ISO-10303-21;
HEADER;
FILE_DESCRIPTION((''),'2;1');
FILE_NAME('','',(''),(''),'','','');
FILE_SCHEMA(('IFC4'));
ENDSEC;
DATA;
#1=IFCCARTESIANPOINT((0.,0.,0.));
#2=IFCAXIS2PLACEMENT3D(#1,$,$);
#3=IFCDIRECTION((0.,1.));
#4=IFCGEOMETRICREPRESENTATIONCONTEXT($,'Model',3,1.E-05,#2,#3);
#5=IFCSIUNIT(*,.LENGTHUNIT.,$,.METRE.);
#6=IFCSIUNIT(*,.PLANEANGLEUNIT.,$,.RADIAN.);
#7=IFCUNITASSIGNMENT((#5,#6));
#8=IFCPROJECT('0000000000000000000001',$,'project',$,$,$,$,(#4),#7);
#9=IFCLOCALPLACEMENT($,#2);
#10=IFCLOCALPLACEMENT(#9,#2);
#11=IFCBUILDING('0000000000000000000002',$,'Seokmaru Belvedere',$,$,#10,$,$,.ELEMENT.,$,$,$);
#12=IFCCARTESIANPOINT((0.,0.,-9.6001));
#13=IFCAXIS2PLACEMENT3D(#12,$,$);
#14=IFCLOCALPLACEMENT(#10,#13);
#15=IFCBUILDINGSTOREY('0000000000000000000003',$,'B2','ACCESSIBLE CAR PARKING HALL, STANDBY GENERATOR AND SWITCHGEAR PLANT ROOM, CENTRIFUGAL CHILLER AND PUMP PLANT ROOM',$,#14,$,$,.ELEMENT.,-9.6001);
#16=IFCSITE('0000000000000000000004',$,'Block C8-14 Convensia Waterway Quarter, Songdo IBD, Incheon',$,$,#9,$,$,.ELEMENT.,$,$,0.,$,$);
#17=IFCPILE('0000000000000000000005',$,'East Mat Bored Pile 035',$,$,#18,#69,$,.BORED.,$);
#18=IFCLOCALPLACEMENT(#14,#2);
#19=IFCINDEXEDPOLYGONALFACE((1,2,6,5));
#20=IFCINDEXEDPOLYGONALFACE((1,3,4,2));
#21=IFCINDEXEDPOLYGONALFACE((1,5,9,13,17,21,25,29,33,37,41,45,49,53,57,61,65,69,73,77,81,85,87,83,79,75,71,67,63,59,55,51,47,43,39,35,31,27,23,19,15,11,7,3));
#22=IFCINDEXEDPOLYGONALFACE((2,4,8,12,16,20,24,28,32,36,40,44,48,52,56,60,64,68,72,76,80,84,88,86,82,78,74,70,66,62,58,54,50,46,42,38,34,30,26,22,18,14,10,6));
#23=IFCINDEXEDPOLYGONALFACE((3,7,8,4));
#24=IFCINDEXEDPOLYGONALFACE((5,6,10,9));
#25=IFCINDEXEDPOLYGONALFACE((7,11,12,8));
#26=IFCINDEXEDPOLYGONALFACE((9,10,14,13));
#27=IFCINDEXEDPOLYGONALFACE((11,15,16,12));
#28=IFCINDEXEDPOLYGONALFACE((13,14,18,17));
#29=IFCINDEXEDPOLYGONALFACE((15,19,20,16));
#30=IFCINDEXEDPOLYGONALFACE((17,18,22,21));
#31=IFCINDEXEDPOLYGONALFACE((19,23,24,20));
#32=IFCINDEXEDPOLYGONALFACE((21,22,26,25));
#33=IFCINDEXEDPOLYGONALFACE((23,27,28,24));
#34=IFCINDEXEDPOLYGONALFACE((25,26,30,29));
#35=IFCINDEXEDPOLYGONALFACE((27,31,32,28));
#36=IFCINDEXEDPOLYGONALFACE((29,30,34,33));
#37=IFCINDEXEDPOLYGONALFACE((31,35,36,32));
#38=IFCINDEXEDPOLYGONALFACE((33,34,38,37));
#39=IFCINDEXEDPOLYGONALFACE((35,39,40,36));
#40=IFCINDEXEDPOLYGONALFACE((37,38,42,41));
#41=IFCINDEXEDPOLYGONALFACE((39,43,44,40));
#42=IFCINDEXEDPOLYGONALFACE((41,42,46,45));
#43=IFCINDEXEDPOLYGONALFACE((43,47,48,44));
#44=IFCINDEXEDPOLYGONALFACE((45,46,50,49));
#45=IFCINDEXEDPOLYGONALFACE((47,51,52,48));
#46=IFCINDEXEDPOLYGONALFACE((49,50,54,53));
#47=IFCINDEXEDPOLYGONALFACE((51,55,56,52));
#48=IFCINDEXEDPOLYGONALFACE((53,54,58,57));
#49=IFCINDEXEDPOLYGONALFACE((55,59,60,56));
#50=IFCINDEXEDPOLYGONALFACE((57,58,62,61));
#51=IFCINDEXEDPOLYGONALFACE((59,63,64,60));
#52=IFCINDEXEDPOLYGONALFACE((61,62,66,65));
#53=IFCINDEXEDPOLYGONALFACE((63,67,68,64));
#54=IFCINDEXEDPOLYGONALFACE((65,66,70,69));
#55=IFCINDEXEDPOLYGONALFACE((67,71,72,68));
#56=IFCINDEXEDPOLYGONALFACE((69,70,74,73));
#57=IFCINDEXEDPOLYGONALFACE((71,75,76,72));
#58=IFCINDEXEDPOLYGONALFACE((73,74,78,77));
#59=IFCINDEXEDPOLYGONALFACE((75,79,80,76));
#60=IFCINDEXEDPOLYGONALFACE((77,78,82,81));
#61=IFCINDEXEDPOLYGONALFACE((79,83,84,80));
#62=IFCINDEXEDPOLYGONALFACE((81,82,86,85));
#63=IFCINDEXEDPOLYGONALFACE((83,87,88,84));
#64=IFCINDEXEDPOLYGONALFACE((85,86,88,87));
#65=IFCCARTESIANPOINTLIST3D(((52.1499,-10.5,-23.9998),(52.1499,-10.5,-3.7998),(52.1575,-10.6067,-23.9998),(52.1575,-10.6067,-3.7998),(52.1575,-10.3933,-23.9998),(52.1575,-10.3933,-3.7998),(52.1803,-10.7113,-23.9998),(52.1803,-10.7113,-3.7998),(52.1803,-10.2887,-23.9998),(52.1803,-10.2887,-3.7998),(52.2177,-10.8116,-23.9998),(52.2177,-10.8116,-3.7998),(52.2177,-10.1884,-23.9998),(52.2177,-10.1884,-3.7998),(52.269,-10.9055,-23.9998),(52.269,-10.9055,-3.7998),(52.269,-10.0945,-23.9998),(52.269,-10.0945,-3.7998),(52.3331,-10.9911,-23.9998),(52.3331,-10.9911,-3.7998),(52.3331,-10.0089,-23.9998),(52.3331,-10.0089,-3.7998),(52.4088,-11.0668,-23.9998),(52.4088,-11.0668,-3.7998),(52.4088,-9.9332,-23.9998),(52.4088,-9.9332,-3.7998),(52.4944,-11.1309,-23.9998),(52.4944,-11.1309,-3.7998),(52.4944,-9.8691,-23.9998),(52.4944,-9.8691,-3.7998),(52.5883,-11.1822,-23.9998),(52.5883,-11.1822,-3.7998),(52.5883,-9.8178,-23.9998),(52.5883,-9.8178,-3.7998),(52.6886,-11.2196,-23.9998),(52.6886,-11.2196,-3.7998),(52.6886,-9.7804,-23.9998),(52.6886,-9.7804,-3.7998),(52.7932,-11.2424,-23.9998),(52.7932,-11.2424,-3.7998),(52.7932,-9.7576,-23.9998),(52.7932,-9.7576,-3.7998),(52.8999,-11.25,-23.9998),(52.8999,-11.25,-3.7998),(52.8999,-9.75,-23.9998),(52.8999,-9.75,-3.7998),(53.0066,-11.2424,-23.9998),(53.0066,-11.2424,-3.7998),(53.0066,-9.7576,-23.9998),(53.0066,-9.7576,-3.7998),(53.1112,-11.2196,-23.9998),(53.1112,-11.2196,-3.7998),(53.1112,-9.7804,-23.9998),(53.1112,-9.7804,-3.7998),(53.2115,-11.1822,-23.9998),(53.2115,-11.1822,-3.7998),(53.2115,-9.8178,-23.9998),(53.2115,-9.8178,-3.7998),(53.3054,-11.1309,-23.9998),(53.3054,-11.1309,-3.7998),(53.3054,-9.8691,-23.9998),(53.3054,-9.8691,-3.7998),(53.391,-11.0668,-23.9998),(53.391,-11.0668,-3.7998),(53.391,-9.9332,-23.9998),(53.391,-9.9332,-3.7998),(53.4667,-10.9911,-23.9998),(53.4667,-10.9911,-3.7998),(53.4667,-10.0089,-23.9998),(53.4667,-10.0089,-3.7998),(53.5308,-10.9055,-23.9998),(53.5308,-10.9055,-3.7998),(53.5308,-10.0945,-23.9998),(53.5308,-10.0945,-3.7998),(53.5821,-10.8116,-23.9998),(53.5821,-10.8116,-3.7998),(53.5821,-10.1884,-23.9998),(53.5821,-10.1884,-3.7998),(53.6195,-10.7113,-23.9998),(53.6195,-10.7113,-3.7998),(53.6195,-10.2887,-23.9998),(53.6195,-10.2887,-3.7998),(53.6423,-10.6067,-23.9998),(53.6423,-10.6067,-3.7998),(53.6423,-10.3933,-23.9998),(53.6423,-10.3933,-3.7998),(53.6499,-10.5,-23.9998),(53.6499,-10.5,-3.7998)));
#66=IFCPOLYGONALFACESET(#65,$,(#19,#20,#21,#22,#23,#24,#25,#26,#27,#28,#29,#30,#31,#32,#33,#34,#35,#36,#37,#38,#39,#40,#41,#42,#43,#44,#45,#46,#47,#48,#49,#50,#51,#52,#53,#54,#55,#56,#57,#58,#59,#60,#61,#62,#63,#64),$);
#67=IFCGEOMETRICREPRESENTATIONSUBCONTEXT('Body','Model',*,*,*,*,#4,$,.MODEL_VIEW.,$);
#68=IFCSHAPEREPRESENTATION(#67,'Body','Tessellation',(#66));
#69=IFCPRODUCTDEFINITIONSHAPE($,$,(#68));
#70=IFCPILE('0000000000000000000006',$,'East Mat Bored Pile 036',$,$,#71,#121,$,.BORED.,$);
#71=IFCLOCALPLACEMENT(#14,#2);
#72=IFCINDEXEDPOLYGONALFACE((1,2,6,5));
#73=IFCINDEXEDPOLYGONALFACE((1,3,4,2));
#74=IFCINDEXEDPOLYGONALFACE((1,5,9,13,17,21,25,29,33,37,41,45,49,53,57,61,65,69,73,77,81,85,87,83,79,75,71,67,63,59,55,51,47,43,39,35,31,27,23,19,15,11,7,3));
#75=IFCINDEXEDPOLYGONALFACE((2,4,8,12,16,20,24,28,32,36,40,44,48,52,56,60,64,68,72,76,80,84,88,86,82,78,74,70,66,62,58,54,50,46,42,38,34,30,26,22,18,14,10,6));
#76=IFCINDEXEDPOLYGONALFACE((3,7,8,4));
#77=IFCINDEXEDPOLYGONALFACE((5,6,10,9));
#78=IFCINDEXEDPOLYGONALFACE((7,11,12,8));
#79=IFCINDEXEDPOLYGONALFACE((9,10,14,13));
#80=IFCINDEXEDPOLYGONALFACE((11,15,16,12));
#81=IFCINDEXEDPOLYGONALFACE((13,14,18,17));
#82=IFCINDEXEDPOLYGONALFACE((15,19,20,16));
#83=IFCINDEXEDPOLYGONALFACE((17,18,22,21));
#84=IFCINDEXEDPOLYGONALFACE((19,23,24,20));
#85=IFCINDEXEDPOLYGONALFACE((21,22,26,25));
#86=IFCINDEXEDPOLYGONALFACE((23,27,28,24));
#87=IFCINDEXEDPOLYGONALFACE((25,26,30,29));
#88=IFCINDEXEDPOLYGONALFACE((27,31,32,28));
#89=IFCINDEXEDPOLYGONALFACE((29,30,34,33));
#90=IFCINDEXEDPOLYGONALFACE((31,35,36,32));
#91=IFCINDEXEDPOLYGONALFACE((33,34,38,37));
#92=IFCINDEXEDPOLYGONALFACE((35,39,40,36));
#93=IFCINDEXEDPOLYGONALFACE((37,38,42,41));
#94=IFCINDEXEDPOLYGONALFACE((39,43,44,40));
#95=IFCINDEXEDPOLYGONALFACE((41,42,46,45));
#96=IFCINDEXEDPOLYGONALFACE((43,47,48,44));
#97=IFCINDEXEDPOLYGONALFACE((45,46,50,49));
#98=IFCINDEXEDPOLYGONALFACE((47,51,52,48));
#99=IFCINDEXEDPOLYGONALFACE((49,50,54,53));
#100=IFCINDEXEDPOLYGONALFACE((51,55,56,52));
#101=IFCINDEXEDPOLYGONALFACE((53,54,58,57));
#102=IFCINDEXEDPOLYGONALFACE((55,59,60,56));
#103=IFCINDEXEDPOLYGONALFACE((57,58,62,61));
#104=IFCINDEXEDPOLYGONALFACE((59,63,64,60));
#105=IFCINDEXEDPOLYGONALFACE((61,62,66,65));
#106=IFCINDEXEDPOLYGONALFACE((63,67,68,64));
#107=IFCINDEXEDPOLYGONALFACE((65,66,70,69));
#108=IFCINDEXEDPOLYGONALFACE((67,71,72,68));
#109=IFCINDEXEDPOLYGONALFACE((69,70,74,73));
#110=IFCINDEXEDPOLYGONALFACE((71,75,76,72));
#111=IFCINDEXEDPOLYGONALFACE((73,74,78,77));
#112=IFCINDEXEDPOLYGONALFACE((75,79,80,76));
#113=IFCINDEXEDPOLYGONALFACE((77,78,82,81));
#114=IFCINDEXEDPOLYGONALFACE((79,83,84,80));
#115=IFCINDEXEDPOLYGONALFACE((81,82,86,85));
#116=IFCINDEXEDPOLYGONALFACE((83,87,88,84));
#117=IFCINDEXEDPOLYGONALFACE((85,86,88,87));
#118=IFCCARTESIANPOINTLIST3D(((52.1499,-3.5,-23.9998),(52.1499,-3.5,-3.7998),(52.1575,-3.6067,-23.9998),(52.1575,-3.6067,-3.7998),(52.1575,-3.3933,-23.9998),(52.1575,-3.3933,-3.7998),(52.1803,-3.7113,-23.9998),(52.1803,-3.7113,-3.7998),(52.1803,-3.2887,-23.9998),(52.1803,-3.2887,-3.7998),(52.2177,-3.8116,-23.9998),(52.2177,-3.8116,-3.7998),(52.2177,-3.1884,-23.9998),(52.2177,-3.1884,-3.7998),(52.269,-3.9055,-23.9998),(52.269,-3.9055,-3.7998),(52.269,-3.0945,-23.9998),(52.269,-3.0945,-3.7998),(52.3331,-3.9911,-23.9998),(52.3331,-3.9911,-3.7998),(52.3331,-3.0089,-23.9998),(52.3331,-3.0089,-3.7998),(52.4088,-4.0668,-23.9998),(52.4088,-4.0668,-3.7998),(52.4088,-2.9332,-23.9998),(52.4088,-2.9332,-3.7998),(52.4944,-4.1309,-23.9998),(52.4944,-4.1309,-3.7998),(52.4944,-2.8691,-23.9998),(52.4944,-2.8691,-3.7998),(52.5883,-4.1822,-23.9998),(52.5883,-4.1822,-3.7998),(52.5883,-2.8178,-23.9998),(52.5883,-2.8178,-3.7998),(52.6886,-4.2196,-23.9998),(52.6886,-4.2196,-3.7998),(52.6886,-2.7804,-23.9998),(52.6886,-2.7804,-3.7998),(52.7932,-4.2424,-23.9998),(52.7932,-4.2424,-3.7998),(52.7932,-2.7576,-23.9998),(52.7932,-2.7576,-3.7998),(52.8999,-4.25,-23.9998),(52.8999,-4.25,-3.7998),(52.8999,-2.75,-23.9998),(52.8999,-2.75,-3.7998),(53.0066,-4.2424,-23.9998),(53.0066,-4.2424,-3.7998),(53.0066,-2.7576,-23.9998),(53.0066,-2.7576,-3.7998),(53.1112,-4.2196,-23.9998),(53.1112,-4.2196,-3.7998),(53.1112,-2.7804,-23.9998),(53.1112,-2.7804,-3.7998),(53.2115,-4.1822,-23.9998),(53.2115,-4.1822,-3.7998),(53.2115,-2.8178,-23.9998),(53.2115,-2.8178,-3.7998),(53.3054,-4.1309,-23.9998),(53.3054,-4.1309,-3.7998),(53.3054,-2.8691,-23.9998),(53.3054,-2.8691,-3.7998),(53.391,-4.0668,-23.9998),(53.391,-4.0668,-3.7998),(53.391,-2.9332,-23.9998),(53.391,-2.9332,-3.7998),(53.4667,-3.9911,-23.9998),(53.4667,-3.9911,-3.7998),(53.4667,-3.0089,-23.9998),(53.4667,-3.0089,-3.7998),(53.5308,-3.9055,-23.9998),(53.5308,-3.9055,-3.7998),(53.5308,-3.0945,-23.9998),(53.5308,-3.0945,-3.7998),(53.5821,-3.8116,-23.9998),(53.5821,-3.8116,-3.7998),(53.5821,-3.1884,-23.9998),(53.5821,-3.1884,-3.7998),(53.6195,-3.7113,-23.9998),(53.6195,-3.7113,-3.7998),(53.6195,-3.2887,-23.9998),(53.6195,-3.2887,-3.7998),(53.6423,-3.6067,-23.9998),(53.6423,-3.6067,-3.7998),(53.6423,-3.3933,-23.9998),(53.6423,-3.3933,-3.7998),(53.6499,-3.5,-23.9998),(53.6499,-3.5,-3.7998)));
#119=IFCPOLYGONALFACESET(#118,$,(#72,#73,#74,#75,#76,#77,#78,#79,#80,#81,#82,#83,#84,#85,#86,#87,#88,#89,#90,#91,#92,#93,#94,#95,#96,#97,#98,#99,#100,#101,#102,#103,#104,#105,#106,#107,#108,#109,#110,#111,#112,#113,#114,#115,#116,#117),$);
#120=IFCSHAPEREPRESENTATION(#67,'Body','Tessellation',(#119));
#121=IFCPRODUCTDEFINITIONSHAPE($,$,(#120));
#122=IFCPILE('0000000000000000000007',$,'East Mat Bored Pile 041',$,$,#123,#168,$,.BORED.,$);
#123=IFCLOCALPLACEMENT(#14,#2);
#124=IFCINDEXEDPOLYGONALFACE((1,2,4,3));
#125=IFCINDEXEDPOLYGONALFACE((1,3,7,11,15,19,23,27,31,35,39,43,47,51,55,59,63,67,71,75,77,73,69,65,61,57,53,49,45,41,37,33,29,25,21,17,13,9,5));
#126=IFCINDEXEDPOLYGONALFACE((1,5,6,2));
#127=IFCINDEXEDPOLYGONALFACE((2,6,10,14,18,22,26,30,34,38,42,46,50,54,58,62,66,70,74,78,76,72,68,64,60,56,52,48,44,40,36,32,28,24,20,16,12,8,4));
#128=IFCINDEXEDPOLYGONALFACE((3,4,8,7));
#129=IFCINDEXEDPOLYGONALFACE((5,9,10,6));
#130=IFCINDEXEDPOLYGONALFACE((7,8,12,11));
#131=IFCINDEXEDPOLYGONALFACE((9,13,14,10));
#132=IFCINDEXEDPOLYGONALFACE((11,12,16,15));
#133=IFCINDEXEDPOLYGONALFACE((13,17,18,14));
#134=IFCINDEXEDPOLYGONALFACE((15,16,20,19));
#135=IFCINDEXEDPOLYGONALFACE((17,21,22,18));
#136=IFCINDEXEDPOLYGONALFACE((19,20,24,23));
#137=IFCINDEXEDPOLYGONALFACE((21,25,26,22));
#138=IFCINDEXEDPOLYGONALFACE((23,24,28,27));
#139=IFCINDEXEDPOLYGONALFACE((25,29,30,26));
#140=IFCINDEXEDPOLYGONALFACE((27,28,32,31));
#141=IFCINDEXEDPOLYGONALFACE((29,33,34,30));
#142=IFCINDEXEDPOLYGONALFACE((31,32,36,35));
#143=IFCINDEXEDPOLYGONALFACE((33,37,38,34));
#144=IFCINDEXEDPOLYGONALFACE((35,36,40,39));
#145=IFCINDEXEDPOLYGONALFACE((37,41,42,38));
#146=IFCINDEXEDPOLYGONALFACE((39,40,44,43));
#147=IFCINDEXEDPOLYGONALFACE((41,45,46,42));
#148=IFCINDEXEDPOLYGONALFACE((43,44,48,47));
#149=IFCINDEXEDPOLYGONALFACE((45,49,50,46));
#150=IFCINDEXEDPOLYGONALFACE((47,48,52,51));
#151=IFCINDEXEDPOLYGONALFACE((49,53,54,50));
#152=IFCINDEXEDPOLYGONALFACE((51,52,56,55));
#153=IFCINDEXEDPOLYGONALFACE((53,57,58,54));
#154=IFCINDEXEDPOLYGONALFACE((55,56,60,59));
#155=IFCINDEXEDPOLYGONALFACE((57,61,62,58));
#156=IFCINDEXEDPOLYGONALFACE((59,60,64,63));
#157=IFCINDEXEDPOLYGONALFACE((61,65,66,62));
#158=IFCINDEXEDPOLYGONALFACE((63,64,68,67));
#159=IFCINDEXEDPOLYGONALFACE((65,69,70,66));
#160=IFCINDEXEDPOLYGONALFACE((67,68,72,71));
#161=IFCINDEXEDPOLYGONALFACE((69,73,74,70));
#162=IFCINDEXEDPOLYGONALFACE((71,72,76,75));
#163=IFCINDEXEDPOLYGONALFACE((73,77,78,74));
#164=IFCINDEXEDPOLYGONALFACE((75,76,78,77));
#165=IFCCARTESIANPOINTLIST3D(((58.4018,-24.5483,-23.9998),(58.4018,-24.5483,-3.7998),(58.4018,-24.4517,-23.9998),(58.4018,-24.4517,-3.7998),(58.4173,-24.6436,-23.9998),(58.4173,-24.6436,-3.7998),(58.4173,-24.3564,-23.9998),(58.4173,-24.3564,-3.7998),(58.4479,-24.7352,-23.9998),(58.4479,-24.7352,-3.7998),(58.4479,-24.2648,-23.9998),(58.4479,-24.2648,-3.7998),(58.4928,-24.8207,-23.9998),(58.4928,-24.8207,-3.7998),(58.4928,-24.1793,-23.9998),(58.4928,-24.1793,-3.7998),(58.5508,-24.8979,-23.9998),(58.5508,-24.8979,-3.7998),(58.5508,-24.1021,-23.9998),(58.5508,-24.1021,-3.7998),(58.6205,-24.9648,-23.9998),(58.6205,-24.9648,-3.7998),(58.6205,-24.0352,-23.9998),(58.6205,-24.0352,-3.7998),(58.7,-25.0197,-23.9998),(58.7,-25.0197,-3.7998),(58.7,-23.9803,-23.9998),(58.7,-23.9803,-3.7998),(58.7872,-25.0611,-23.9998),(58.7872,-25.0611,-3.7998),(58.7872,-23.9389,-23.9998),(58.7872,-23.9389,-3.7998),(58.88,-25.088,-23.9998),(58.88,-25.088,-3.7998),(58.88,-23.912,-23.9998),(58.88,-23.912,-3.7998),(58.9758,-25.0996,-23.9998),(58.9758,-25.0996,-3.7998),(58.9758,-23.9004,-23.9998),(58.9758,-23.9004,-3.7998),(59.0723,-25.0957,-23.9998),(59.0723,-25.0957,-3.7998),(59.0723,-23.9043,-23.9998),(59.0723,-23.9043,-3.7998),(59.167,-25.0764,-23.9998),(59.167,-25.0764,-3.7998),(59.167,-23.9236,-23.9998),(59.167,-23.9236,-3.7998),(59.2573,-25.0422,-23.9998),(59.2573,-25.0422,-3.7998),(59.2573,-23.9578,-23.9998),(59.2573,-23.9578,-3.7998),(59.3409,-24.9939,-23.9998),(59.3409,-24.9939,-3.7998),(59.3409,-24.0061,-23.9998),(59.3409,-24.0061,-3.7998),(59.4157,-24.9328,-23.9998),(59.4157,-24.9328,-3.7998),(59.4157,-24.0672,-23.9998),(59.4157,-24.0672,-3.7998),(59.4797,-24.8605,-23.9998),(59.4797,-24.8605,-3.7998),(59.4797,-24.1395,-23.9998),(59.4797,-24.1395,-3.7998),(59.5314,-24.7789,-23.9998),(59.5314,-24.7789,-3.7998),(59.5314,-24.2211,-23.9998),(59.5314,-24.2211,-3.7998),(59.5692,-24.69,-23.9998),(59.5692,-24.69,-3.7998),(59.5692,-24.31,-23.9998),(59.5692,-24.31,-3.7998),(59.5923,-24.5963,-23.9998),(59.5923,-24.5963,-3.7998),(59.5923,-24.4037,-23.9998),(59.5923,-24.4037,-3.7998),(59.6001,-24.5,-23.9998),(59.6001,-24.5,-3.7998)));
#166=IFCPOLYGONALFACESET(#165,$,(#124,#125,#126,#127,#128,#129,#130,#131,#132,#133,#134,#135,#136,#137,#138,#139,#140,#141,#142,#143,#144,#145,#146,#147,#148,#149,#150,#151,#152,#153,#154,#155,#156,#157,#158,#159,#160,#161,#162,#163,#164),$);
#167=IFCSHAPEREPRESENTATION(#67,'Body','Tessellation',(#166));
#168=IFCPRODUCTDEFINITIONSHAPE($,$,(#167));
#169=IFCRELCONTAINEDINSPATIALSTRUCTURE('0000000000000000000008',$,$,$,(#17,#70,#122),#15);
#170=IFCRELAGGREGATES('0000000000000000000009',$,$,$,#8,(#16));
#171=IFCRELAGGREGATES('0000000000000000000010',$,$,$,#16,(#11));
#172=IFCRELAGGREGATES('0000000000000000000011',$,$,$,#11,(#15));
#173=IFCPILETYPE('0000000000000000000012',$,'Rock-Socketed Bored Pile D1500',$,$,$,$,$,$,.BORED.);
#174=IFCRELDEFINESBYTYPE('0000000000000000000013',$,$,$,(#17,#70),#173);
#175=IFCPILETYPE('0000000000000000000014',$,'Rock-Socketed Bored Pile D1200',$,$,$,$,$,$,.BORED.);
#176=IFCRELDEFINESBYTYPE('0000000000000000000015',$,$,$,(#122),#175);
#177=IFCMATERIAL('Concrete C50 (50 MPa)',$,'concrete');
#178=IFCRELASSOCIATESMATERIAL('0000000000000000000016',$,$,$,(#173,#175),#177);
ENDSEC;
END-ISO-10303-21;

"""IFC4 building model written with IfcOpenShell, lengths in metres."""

from ifc_helpers import new_model, si_unit, direction, frame, origin, origin_2d, place, context, subcontext, project, spatial, circle, extrude, source, transform, mapped, material, material_profile, profile_set, type_object, type_shapes, element, save


model = new_model("IFC4")

# Units and contexts
model_context = context("Model", 3, precision=1e-05, world=origin(), true_north=direction((0.0, 1.0)))
body_context = subcontext(model_context, "Body", "Model", "MODEL_VIEW")
ifc_project = project(units=[si_unit("LENGTHUNIT", "METRE"), si_unit("PLANEANGLEUNIT", "RADIAN")], contexts=[model_context])

# Site, building, storey
site_placement = place(None, origin())
site = spatial("IfcSite", under=ifc_project, at=site_placement, Name="Block C8-14 Convensia Waterway Quarter, Songdo IBD, Incheon", CompositionType="ELEMENT", RefElevation=0.0)
building_placement = place(site_placement, origin())
building = spatial("IfcBuilding", under=site, at=building_placement, Name="Seokmaru Belvedere", CompositionType="ELEMENT")
storey_placement = place(building_placement, frame((0.0, 0.0, -9.6001)))
storey = spatial("IfcBuildingStorey", under=building, at=storey_placement, Name="B2", Description="ACCESSIBLE CAR PARKING HALL, STANDBY GENERATOR AND SWITCHGEAR PLANT ROOM, CENTRIFUGAL CHILLER AND PUMP PLANT ROOM", CompositionType="ELEMENT", Elevation=-9.6001)

# Shared definitions
ifc_material_1 = material(Name="Concrete C50 (50 MPa)", Category="concrete")

# Piles
ifc_material_profile_1 = material_profile(ifc_material_1, circle(Radius=0.75, at=origin_2d()), Name="PILE-D1500")
ifc_profile_set_1 = profile_set([ifc_material_profile_1], Name="Concrete C50 (50 MPa)")
pile_type_1 = type_object("IfcPileType", Name="Rock-Socketed Bored Pile D1500", PredefinedType="BORED", material=ifc_profile_set_1)
shared_shape_1 = source(origin(), body_context, "Body", "SweptSolid", [
    extrude(circle(Radius=0.75, at=origin_2d()), origin(), (0.0, 0.0, 1.0), 20.2),
])
type_shapes(pile_type_1, [shared_shape_1])
for number, where, z_axis, x_axis, name in (
    (1, (52.8999, -10.5, -3.7998), (0.0, 0.0, -1.0), (1.0, 0.0, 0.0), "East Mat Bored Pile 035"),
    (2, (52.8999, -3.5, -3.7998), (0.0, 0.0, -1.0), (1.0, 0.0, 0.0), "East Mat Bored Pile 036"),
):
    element("IfcPile", number, at=place(storey_placement, frame(where, z_axis=z_axis, x_axis=x_axis)), inside=storey, type_object=pile_type_1, Name=name, PredefinedType="BORED", context=body_context, shape_type="MappedRepresentation", body=[
        mapped(shared_shape_1, transform((0.0, 0.0, 0.0), scale=1.0)),
    ])
ifc_material_profile_2 = material_profile(ifc_material_1, circle(Radius=0.6001, at=origin_2d()), Name="PILE-D1200")
ifc_profile_set_2 = profile_set([ifc_material_profile_2], Name="Concrete C50 (50 MPa)")
pile_type_2 = type_object("IfcPileType", Name="Rock-Socketed Bored Pile D1200", PredefinedType="BORED", material=ifc_profile_set_2)
shared_shape_2 = source(origin(), body_context, "Body", "SweptSolid", [
    extrude(circle(Radius=0.6001, at=origin_2d()), origin(), (0.0, 0.0, 1.0), 20.2),
])
type_shapes(pile_type_2, [shared_shape_2])
for number, where, z_axis, x_axis, name in (
    (3, (59.0, -24.5, -3.7998), (0.0, 0.0, -1.0), (1.0, 0.0, 0.0), "East Mat Bored Pile 041"),
):
    element("IfcPile", number, at=place(storey_placement, frame(where, z_axis=z_axis, x_axis=x_axis)), inside=storey, type_object=pile_type_2, Name=name, PredefinedType="BORED", context=body_context, shape_type="MappedRepresentation", body=[
        mapped(shared_shape_2, transform((0.0, 0.0, 0.0), scale=1.0)),
    ])

save(model, "model.ifc")
